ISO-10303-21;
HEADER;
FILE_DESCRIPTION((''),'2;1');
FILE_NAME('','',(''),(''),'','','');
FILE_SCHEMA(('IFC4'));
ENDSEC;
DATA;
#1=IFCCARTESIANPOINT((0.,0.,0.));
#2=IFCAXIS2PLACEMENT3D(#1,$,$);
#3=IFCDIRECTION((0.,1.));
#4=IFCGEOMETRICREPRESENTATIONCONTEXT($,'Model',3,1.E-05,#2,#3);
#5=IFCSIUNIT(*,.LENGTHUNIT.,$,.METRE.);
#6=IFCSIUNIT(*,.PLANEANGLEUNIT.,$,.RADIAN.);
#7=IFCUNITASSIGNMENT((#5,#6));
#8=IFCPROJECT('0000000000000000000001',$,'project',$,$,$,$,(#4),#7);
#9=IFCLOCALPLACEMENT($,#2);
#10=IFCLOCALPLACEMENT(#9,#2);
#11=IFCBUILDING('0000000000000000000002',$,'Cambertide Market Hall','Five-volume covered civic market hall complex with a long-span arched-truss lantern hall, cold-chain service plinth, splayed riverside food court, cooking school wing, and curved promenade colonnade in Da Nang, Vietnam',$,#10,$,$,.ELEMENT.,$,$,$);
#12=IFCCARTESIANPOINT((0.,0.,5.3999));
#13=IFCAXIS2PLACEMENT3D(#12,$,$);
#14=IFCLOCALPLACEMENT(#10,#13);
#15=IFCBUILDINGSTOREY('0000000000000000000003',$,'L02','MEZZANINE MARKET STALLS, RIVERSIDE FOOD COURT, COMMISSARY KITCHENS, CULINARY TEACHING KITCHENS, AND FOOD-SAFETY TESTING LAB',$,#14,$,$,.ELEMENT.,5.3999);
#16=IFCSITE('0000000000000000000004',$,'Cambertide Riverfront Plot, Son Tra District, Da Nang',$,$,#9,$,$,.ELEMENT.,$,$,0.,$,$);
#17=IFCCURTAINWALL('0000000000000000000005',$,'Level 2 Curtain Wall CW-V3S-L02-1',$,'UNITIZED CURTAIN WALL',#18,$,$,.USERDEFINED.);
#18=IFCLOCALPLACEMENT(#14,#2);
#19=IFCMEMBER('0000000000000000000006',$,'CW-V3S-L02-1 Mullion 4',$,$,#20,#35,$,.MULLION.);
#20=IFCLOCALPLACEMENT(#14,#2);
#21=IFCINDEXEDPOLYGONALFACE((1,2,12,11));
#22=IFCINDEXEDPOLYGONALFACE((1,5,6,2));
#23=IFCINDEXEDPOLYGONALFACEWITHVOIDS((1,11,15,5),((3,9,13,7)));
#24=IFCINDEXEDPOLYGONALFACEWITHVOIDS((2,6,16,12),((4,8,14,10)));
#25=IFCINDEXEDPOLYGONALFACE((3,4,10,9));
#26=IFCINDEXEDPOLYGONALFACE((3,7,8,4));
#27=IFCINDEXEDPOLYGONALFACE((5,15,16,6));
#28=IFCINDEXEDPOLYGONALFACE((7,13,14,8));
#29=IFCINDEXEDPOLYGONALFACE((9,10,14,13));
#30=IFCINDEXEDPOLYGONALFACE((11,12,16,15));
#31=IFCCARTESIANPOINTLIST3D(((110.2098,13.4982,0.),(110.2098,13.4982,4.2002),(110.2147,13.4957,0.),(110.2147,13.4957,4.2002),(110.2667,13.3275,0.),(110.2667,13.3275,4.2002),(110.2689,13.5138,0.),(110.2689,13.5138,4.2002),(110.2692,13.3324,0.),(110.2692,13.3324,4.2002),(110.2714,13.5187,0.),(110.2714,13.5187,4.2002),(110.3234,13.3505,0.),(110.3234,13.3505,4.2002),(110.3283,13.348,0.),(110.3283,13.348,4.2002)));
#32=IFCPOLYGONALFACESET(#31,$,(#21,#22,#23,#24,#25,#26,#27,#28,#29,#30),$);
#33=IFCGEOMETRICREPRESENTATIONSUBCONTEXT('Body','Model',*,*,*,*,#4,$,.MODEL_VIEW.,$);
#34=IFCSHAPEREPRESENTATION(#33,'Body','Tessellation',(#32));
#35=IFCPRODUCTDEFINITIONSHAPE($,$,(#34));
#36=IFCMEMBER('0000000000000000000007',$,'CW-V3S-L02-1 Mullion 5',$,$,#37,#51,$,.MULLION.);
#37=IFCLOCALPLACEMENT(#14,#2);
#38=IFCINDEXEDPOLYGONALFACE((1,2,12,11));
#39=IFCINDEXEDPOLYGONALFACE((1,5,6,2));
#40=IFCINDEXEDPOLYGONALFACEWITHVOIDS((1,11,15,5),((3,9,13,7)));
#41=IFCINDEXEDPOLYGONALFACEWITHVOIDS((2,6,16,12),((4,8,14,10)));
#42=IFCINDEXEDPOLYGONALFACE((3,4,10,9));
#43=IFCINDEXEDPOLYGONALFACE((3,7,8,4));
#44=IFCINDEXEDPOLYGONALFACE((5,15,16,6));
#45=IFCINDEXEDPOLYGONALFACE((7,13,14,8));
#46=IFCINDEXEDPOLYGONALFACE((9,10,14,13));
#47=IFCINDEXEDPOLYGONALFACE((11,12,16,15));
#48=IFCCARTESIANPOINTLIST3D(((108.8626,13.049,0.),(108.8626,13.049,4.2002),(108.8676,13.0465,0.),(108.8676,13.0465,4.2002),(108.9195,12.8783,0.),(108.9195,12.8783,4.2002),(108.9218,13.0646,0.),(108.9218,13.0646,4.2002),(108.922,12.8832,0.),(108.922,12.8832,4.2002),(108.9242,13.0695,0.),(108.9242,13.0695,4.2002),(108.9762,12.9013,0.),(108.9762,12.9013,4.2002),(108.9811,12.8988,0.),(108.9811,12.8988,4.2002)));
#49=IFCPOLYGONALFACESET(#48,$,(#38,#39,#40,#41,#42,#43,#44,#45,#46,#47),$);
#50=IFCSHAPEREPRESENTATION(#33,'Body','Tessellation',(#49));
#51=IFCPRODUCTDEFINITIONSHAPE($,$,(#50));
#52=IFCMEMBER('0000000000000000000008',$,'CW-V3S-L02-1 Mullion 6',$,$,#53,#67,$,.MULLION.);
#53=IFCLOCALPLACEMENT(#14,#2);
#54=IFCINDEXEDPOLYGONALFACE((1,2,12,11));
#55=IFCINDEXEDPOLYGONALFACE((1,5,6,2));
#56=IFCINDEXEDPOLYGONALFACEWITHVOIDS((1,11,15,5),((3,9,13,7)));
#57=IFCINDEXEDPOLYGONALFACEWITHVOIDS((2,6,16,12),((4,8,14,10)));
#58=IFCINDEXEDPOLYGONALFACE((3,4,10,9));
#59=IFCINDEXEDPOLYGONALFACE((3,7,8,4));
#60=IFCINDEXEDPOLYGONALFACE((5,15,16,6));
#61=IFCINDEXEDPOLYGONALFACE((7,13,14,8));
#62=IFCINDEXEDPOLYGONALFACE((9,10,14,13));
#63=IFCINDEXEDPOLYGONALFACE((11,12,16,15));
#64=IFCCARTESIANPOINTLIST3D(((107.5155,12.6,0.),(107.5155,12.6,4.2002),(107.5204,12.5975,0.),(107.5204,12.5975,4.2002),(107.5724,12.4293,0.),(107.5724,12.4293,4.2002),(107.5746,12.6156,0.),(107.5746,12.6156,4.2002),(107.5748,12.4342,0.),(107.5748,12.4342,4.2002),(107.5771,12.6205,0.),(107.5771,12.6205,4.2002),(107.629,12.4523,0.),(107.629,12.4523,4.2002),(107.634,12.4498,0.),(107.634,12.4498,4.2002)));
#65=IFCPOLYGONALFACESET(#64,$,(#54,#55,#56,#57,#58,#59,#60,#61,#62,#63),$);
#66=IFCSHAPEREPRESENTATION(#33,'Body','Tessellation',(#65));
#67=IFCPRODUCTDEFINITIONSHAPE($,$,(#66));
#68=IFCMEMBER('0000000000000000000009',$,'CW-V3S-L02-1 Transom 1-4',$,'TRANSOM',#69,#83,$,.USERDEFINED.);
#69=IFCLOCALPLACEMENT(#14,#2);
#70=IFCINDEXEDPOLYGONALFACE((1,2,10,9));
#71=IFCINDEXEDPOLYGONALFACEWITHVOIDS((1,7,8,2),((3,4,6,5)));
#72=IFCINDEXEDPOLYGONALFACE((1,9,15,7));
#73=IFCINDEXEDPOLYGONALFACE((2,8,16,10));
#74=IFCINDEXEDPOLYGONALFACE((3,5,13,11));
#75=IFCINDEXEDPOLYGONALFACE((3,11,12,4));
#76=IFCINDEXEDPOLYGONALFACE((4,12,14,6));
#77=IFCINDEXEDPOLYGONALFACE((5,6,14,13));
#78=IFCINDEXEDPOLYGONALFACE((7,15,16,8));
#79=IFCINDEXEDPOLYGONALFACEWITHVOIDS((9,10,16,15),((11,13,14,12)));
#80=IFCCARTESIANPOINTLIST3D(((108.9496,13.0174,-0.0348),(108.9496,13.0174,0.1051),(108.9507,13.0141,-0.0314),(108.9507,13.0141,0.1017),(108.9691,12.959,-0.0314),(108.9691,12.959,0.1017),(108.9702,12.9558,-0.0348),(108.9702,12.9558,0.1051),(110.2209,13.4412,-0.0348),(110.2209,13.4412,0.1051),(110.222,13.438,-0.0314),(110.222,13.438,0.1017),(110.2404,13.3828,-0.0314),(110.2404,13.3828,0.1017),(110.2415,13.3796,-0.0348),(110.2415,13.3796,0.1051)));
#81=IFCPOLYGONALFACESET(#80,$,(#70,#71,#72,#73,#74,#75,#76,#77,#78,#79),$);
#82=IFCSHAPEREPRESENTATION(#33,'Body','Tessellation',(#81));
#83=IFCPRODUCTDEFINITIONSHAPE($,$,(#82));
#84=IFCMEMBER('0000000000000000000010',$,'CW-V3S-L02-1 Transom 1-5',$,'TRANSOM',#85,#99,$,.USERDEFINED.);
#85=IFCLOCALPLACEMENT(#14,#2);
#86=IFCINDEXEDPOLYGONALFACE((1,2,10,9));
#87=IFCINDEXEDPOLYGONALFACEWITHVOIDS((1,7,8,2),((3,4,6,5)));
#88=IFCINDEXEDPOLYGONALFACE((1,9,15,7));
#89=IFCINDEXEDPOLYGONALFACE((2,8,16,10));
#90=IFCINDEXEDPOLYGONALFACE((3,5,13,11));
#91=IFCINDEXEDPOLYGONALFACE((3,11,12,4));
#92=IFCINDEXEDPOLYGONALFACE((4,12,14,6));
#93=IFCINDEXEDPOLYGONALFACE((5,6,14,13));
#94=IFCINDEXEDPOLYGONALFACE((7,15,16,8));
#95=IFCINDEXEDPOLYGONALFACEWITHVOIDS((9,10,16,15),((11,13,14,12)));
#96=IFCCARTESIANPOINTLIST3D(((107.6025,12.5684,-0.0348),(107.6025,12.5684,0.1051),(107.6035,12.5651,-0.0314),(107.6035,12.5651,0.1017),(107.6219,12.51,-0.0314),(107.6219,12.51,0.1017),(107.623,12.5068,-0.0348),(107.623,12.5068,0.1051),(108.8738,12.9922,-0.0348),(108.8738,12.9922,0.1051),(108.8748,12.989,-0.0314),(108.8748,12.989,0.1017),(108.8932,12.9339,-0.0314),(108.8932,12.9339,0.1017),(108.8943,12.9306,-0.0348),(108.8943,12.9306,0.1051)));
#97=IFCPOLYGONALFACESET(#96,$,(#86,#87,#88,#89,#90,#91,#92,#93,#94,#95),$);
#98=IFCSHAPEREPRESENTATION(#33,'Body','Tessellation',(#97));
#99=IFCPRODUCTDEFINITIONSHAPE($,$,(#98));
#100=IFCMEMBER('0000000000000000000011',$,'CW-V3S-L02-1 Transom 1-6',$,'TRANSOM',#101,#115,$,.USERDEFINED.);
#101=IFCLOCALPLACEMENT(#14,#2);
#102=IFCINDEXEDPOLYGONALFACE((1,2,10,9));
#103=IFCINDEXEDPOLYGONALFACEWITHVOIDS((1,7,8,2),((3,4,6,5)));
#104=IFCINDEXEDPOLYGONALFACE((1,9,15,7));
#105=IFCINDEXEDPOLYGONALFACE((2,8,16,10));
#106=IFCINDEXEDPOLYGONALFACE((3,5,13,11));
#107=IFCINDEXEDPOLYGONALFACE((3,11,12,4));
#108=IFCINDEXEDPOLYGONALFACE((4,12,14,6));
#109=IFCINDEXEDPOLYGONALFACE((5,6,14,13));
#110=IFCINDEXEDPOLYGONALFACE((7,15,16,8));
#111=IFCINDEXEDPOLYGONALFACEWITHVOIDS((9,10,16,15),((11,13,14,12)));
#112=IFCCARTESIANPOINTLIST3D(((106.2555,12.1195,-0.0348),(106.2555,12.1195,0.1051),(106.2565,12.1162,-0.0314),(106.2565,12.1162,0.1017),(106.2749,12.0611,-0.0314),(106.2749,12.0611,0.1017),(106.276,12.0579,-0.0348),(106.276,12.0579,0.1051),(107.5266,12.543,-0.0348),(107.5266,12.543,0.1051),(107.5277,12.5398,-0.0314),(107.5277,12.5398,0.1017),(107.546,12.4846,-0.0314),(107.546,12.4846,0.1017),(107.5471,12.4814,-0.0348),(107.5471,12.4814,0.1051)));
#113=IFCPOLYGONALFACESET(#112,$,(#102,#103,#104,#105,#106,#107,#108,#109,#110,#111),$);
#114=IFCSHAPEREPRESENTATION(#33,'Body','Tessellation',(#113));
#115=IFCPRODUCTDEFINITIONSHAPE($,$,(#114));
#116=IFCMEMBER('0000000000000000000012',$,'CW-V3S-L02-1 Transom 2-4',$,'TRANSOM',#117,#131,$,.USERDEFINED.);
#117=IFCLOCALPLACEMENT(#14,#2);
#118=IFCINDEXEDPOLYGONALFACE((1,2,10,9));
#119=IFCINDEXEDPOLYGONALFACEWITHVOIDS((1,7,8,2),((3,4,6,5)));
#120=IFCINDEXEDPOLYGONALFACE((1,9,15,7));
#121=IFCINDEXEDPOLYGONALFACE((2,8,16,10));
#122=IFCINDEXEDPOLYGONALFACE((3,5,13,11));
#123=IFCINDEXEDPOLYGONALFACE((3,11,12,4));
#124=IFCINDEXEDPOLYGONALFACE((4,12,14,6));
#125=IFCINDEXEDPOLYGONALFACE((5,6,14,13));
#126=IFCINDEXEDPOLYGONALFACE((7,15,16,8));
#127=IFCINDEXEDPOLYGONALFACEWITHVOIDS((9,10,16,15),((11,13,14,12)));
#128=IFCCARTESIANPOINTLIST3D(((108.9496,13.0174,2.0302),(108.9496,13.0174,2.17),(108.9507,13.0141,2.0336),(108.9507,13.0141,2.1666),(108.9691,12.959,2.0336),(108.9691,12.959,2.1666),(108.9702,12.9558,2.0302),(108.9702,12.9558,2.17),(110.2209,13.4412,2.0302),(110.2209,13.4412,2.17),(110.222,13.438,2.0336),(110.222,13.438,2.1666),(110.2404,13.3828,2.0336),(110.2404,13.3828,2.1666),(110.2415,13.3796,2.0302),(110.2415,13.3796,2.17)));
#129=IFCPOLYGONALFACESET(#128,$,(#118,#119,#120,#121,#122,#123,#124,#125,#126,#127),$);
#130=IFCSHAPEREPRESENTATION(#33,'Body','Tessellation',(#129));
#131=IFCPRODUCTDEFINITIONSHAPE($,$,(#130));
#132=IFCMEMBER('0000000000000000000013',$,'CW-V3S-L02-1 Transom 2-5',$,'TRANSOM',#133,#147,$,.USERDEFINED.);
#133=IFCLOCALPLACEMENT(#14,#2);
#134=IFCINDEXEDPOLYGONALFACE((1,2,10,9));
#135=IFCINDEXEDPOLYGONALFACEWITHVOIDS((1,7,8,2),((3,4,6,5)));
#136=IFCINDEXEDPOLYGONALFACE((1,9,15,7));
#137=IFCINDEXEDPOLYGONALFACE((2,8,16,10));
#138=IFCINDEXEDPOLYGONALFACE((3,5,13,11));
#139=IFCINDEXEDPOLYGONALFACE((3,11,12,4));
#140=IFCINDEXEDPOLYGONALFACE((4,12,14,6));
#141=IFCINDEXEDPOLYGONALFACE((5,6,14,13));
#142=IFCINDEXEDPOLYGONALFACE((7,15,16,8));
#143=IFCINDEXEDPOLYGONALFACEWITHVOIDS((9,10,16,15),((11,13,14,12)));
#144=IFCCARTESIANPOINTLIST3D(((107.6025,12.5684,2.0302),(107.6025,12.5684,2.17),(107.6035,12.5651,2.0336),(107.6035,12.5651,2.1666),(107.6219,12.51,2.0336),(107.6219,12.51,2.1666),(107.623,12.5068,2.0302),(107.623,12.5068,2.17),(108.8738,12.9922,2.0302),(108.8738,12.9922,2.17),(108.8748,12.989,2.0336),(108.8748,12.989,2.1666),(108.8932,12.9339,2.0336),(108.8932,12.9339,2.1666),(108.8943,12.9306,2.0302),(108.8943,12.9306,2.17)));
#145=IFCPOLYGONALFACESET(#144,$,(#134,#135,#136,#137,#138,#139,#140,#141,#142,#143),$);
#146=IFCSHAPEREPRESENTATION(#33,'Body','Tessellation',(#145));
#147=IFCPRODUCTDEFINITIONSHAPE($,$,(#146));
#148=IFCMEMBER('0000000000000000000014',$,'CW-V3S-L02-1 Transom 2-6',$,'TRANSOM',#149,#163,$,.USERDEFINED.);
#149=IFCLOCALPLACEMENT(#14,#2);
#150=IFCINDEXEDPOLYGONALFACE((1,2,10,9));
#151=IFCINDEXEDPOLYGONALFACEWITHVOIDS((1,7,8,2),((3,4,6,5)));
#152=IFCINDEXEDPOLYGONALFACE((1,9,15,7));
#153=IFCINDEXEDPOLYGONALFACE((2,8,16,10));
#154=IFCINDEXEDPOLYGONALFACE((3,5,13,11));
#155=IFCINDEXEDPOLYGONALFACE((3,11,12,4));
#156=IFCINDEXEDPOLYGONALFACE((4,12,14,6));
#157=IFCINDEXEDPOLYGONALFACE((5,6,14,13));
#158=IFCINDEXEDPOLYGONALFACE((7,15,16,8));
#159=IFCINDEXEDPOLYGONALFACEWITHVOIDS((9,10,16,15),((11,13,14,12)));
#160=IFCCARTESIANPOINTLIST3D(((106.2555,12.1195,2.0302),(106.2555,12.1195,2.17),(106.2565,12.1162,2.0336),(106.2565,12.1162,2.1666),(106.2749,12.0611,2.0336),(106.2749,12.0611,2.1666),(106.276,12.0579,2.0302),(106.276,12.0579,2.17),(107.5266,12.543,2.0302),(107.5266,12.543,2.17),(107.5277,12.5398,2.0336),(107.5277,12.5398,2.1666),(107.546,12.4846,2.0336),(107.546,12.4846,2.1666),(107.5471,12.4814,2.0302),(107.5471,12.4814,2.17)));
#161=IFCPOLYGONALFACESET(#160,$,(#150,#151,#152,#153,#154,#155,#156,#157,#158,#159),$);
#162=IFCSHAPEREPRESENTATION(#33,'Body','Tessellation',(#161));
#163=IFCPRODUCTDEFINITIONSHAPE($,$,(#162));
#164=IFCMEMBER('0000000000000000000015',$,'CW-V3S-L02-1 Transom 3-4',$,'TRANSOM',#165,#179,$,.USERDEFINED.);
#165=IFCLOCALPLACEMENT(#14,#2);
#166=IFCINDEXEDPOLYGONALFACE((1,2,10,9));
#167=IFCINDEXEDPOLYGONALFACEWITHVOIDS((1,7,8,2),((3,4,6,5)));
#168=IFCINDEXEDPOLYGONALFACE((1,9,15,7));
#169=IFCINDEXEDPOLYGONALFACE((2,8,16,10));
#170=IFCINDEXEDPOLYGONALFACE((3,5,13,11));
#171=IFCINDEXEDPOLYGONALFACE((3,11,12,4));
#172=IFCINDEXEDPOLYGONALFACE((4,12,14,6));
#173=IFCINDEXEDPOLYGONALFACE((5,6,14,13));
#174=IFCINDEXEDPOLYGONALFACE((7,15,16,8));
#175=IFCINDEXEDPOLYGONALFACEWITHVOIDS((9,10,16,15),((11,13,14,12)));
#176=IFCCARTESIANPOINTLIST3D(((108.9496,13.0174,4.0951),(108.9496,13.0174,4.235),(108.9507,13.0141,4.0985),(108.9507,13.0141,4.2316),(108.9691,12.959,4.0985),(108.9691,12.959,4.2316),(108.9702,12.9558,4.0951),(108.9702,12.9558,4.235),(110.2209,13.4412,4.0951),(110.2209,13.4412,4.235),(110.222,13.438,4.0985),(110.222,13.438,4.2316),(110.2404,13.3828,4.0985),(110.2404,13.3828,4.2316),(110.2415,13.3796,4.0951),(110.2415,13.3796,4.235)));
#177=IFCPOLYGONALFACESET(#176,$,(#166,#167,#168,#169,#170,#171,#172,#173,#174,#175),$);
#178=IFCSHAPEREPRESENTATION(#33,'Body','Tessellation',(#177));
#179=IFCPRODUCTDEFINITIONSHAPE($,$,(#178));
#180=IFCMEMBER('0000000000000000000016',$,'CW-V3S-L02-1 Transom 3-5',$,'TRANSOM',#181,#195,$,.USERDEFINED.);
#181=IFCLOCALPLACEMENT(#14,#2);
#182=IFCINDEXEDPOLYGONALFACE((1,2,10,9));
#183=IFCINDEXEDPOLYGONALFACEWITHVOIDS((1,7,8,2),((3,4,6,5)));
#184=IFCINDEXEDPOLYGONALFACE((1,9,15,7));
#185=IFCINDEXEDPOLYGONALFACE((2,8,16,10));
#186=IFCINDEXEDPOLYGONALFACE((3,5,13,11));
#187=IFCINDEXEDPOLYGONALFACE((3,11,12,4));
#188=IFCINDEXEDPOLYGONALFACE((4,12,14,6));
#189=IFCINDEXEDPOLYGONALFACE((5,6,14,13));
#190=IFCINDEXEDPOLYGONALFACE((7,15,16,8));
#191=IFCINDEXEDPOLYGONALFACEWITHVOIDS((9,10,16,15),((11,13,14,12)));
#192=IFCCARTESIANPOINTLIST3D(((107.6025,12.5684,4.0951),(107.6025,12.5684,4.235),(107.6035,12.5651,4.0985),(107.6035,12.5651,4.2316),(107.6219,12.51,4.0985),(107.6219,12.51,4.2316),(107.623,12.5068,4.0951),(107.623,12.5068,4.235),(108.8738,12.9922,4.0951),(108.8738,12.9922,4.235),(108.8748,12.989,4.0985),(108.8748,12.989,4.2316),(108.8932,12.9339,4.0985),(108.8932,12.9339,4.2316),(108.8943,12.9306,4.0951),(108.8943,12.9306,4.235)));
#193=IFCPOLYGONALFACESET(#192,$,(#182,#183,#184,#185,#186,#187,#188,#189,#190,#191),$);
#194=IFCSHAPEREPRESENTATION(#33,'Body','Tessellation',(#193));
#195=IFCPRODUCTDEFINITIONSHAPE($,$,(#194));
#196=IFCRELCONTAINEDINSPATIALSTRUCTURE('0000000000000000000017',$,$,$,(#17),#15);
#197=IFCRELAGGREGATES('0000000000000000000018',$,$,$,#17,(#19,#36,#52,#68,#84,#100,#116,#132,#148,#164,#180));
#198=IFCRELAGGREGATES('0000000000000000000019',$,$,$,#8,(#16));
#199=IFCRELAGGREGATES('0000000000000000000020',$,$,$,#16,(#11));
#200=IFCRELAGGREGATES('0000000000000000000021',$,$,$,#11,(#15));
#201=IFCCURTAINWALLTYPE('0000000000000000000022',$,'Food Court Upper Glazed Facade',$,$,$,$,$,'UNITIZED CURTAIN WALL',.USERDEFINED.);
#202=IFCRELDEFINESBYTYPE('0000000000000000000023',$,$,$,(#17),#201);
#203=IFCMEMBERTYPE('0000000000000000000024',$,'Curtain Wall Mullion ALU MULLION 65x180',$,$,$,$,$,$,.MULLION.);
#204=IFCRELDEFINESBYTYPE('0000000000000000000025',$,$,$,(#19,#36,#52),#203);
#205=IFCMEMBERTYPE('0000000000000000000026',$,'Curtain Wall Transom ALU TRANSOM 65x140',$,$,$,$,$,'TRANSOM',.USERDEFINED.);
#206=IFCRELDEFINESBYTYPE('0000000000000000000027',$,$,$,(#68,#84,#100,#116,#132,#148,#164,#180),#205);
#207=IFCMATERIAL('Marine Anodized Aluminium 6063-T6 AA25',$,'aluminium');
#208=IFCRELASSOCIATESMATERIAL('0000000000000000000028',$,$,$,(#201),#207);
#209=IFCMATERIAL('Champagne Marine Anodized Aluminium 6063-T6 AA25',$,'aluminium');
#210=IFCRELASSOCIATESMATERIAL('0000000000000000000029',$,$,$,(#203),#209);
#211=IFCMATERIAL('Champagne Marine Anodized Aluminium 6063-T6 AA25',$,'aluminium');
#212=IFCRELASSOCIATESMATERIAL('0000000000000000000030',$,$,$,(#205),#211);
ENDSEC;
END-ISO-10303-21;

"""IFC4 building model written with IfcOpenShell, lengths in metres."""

from ifc_helpers import new_model, si_unit, direction, frame, origin, origin_2d, place, context, subcontext, project, spatial, hollow_rectangle, extrude, material, material_profile, profile_set, type_object, element, aggregate, save


model = new_model("IFC4")

# Units and contexts
model_context = context("Model", 3, precision=1e-05, world=origin(), true_north=direction((0.0, 1.0)))
body_context = subcontext(model_context, "Body", "Model", "MODEL_VIEW")
ifc_project = project(units=[si_unit("LENGTHUNIT", "METRE"), si_unit("PLANEANGLEUNIT", "RADIAN")], contexts=[model_context])

# Site, building, storey
site_placement = place(None, origin())
site = spatial("IfcSite", under=ifc_project, at=site_placement, Name="Cambertide Riverfront Plot, Son Tra District, Da Nang", CompositionType="ELEMENT", RefElevation=0.0)
building_placement = place(site_placement, origin())
building = spatial("IfcBuilding", under=site, at=building_placement, Name="Cambertide Market Hall", Description="Five-volume covered civic market hall complex with a long-span arched-truss lantern hall, cold-chain service plinth, splayed riverside food court, cooking school wing, and curved promenade colonnade in Da Nang, Vietnam", CompositionType="ELEMENT")
storey_placement = place(building_placement, frame((0.0, 0.0, 5.3999)))
storey = spatial("IfcBuildingStorey", under=building, at=storey_placement, Name="L02", Description="MEZZANINE MARKET STALLS, RIVERSIDE FOOD COURT, COMMISSARY KITCHENS, CULINARY TEACHING KITCHENS, AND FOOD-SAFETY TESTING LAB", CompositionType="ELEMENT", Elevation=5.3999)

# Curtain wall, members
ifc_material_1 = material(Name="Marine Anodized Aluminium 6063-T6 AA25", Category="aluminium")
curtain_wall_type = type_object("IfcCurtainWallType", Name="Food Court Upper Glazed Facade", ElementType="UNITIZED CURTAIN WALL", PredefinedType="USERDEFINED", material=ifc_material_1)
curtain_wall_placement = place(storey_placement, origin())
curtain_wall = element("IfcCurtainWall", 1, at=curtain_wall_placement, inside=storey, type_object=curtain_wall_type, Name="Level 2 Curtain Wall CW-V3S-L02-1", ObjectType="UNITIZED CURTAIN WALL", PredefinedType="USERDEFINED")
ifc_material_2 = material(Name="Champagne Marine Anodized Aluminium 6063-T6 AA25", Category="aluminium")
ifc_material_profile_1 = material_profile(ifc_material_2, hollow_rectangle(XDim=0.0649, YDim=0.1799, WallThickness=0.0039, at=origin_2d()), Name="ALU MULLION 65x180")
ifc_profile_set_1 = profile_set([ifc_material_profile_1], Name="Champagne Marine Anodized Aluminium 6063-T6 AA25")
member_type_1 = type_object("IfcMemberType", Name="Curtain Wall Mullion ALU MULLION 65x180", PredefinedType="MULLION", material=ifc_profile_set_1)
member_1_placement = place(storey_placement, frame((110.269, 13.4231, 0.0), z_axis=(0.0, 0.0, 1.0), x_axis=(-0.948683, -0.316228, 0.0)))
member_1 = element("IfcMember", 2, at=member_1_placement, type_object=member_type_1, Name="CW-V3S-L02-1 Mullion 4", PredefinedType="MULLION", context=body_context, shape_type="SweptSolid", body=[
    extrude(hollow_rectangle(XDim=0.0649, YDim=0.1799, WallThickness=0.0039, at=origin_2d()), origin(), (0.0, 0.0, 1.0), 4.2002),
])
member_2_placement = place(storey_placement, frame((108.9219, 12.9739, 0.0), z_axis=(0.0, 0.0, 1.0), x_axis=(-0.948683, -0.316228, 0.0)))
member_2 = element("IfcMember", 3, at=member_2_placement, type_object=member_type_1, Name="CW-V3S-L02-1 Mullion 5", PredefinedType="MULLION", context=body_context, shape_type="SweptSolid", body=[
    extrude(hollow_rectangle(XDim=0.0649, YDim=0.1799, WallThickness=0.0039, at=origin_2d()), origin(), (0.0, 0.0, 1.0), 4.2002),
])
member_3_placement = place(storey_placement, frame((107.5747, 12.5249, 0.0), z_axis=(0.0, 0.0, 1.0), x_axis=(-0.948683, -0.316228, 0.0)))
member_3 = element("IfcMember", 4, at=member_3_placement, type_object=member_type_1, Name="CW-V3S-L02-1 Mullion 6", PredefinedType="MULLION", context=body_context, shape_type="SweptSolid", body=[
    extrude(hollow_rectangle(XDim=0.0649, YDim=0.1799, WallThickness=0.0039, at=origin_2d()), origin(), (0.0, 0.0, 1.0), 4.2002),
])
ifc_material_3 = material(Name="Champagne Marine Anodized Aluminium 6063-T6 AA25", Category="aluminium")
ifc_material_profile_2 = material_profile(ifc_material_3, hollow_rectangle(XDim=0.0649, YDim=0.1399, WallThickness=0.0034, at=origin_2d()), Name="ALU TRANSOM 65x140")
ifc_profile_set_2 = profile_set([ifc_material_profile_2], Name="Champagne Marine Anodized Aluminium 6063-T6 AA25")
member_type_2 = type_object("IfcMemberType", Name="Curtain Wall Transom ALU TRANSOM 65x140", ElementType="TRANSOM", PredefinedType="USERDEFINED", material=ifc_profile_set_2)
member_4_placement = place(storey_placement, frame((110.2312, 13.4104, 0.0352), z_axis=(-0.948665, -0.316282, 0.0), x_axis=(0.316282, -0.948665, 0.0)))
member_4 = element("IfcMember", 5, at=member_4_placement, type_object=member_type_2, Name="CW-V3S-L02-1 Transom 1-4", ObjectType="TRANSOM", PredefinedType="USERDEFINED", context=body_context, shape_type="SweptSolid", body=[
    extrude(hollow_rectangle(XDim=0.0649, YDim=0.1399, WallThickness=0.0034, at=origin_2d()), origin(), (0.0, 0.0, 1.0), 1.3401),
])
member_5_placement = place(storey_placement, frame((108.884, 12.9614, 0.0352), z_axis=(-0.948665, -0.316282, 0.0), x_axis=(0.316282, -0.948665, 0.0)))
member_5 = element("IfcMember", 6, at=member_5_placement, type_object=member_type_2, Name="CW-V3S-L02-1 Transom 1-5", ObjectType="TRANSOM", PredefinedType="USERDEFINED", context=body_context, shape_type="SweptSolid", body=[
    extrude(hollow_rectangle(XDim=0.0649, YDim=0.1399, WallThickness=0.0034, at=origin_2d()), origin(), (0.0, 0.0, 1.0), 1.3401),
])
member_6_placement = place(storey_placement, frame((107.5369, 12.5122, 0.0352), z_axis=(-0.94872, -0.316118, 0.0), x_axis=(0.316118, -0.94872, 0.0)))
member_6 = element("IfcMember", 7, at=member_6_placement, type_object=member_type_2, Name="CW-V3S-L02-1 Transom 1-6", ObjectType="TRANSOM", PredefinedType="USERDEFINED", context=body_context, shape_type="SweptSolid", body=[
    extrude(hollow_rectangle(XDim=0.0649, YDim=0.1399, WallThickness=0.0034, at=origin_2d()), origin(), (0.0, 0.0, 1.0), 1.3398),
])
member_7_placement = place(storey_placement, frame((110.2312, 13.4104, 2.1001), z_axis=(-0.948665, -0.316282, 0.0), x_axis=(0.316282, -0.948665, 0.0)))
member_7 = element("IfcMember", 8, at=member_7_placement, type_object=member_type_2, Name="CW-V3S-L02-1 Transom 2-4", ObjectType="TRANSOM", PredefinedType="USERDEFINED", context=body_context, shape_type="SweptSolid", body=[
    extrude(hollow_rectangle(XDim=0.0649, YDim=0.1399, WallThickness=0.0034, at=origin_2d()), origin(), (0.0, 0.0, 1.0), 1.3401),
])
member_8_placement = place(storey_placement, frame((108.884, 12.9614, 2.1001), z_axis=(-0.948665, -0.316282, 0.0), x_axis=(0.316282, -0.948665, 0.0)))
member_8 = element("IfcMember", 9, at=member_8_placement, type_object=member_type_2, Name="CW-V3S-L02-1 Transom 2-5", ObjectType="TRANSOM", PredefinedType="USERDEFINED", context=body_context, shape_type="SweptSolid", body=[
    extrude(hollow_rectangle(XDim=0.0649, YDim=0.1399, WallThickness=0.0034, at=origin_2d()), origin(), (0.0, 0.0, 1.0), 1.3401),
])
member_9_placement = place(storey_placement, frame((107.5369, 12.5122, 2.1001), z_axis=(-0.94872, -0.316118, 0.0), x_axis=(0.316118, -0.94872, 0.0)))
member_9 = element("IfcMember", 10, at=member_9_placement, type_object=member_type_2, Name="CW-V3S-L02-1 Transom 2-6", ObjectType="TRANSOM", PredefinedType="USERDEFINED", context=body_context, shape_type="SweptSolid", body=[
    extrude(hollow_rectangle(XDim=0.0649, YDim=0.1399, WallThickness=0.0034, at=origin_2d()), origin(), (0.0, 0.0, 1.0), 1.3398),
])
member_10_placement = place(storey_placement, frame((110.2312, 13.4104, 4.165), z_axis=(-0.948665, -0.316282, 0.0), x_axis=(0.316282, -0.948665, 0.0)))
member_10 = element("IfcMember", 11, at=member_10_placement, type_object=member_type_2, Name="CW-V3S-L02-1 Transom 3-4", ObjectType="TRANSOM", PredefinedType="USERDEFINED", context=body_context, shape_type="SweptSolid", body=[
    extrude(hollow_rectangle(XDim=0.0649, YDim=0.1399, WallThickness=0.0034, at=origin_2d()), origin(), (0.0, 0.0, 1.0), 1.3401),
])
member_11_placement = place(storey_placement, frame((108.884, 12.9614, 4.165), z_axis=(-0.948665, -0.316282, 0.0), x_axis=(0.316282, -0.948665, 0.0)))
member_11 = element("IfcMember", 12, at=member_11_placement, type_object=member_type_2, Name="CW-V3S-L02-1 Transom 3-5", ObjectType="TRANSOM", PredefinedType="USERDEFINED", context=body_context, shape_type="SweptSolid", body=[
    extrude(hollow_rectangle(XDim=0.0649, YDim=0.1399, WallThickness=0.0034, at=origin_2d()), origin(), (0.0, 0.0, 1.0), 1.3401),
])

aggregate(curtain_wall, [member_1, member_2, member_3, member_4, member_5, member_6, member_7, member_8, member_9, member_10, member_11])

save(model, "model.ifc")
